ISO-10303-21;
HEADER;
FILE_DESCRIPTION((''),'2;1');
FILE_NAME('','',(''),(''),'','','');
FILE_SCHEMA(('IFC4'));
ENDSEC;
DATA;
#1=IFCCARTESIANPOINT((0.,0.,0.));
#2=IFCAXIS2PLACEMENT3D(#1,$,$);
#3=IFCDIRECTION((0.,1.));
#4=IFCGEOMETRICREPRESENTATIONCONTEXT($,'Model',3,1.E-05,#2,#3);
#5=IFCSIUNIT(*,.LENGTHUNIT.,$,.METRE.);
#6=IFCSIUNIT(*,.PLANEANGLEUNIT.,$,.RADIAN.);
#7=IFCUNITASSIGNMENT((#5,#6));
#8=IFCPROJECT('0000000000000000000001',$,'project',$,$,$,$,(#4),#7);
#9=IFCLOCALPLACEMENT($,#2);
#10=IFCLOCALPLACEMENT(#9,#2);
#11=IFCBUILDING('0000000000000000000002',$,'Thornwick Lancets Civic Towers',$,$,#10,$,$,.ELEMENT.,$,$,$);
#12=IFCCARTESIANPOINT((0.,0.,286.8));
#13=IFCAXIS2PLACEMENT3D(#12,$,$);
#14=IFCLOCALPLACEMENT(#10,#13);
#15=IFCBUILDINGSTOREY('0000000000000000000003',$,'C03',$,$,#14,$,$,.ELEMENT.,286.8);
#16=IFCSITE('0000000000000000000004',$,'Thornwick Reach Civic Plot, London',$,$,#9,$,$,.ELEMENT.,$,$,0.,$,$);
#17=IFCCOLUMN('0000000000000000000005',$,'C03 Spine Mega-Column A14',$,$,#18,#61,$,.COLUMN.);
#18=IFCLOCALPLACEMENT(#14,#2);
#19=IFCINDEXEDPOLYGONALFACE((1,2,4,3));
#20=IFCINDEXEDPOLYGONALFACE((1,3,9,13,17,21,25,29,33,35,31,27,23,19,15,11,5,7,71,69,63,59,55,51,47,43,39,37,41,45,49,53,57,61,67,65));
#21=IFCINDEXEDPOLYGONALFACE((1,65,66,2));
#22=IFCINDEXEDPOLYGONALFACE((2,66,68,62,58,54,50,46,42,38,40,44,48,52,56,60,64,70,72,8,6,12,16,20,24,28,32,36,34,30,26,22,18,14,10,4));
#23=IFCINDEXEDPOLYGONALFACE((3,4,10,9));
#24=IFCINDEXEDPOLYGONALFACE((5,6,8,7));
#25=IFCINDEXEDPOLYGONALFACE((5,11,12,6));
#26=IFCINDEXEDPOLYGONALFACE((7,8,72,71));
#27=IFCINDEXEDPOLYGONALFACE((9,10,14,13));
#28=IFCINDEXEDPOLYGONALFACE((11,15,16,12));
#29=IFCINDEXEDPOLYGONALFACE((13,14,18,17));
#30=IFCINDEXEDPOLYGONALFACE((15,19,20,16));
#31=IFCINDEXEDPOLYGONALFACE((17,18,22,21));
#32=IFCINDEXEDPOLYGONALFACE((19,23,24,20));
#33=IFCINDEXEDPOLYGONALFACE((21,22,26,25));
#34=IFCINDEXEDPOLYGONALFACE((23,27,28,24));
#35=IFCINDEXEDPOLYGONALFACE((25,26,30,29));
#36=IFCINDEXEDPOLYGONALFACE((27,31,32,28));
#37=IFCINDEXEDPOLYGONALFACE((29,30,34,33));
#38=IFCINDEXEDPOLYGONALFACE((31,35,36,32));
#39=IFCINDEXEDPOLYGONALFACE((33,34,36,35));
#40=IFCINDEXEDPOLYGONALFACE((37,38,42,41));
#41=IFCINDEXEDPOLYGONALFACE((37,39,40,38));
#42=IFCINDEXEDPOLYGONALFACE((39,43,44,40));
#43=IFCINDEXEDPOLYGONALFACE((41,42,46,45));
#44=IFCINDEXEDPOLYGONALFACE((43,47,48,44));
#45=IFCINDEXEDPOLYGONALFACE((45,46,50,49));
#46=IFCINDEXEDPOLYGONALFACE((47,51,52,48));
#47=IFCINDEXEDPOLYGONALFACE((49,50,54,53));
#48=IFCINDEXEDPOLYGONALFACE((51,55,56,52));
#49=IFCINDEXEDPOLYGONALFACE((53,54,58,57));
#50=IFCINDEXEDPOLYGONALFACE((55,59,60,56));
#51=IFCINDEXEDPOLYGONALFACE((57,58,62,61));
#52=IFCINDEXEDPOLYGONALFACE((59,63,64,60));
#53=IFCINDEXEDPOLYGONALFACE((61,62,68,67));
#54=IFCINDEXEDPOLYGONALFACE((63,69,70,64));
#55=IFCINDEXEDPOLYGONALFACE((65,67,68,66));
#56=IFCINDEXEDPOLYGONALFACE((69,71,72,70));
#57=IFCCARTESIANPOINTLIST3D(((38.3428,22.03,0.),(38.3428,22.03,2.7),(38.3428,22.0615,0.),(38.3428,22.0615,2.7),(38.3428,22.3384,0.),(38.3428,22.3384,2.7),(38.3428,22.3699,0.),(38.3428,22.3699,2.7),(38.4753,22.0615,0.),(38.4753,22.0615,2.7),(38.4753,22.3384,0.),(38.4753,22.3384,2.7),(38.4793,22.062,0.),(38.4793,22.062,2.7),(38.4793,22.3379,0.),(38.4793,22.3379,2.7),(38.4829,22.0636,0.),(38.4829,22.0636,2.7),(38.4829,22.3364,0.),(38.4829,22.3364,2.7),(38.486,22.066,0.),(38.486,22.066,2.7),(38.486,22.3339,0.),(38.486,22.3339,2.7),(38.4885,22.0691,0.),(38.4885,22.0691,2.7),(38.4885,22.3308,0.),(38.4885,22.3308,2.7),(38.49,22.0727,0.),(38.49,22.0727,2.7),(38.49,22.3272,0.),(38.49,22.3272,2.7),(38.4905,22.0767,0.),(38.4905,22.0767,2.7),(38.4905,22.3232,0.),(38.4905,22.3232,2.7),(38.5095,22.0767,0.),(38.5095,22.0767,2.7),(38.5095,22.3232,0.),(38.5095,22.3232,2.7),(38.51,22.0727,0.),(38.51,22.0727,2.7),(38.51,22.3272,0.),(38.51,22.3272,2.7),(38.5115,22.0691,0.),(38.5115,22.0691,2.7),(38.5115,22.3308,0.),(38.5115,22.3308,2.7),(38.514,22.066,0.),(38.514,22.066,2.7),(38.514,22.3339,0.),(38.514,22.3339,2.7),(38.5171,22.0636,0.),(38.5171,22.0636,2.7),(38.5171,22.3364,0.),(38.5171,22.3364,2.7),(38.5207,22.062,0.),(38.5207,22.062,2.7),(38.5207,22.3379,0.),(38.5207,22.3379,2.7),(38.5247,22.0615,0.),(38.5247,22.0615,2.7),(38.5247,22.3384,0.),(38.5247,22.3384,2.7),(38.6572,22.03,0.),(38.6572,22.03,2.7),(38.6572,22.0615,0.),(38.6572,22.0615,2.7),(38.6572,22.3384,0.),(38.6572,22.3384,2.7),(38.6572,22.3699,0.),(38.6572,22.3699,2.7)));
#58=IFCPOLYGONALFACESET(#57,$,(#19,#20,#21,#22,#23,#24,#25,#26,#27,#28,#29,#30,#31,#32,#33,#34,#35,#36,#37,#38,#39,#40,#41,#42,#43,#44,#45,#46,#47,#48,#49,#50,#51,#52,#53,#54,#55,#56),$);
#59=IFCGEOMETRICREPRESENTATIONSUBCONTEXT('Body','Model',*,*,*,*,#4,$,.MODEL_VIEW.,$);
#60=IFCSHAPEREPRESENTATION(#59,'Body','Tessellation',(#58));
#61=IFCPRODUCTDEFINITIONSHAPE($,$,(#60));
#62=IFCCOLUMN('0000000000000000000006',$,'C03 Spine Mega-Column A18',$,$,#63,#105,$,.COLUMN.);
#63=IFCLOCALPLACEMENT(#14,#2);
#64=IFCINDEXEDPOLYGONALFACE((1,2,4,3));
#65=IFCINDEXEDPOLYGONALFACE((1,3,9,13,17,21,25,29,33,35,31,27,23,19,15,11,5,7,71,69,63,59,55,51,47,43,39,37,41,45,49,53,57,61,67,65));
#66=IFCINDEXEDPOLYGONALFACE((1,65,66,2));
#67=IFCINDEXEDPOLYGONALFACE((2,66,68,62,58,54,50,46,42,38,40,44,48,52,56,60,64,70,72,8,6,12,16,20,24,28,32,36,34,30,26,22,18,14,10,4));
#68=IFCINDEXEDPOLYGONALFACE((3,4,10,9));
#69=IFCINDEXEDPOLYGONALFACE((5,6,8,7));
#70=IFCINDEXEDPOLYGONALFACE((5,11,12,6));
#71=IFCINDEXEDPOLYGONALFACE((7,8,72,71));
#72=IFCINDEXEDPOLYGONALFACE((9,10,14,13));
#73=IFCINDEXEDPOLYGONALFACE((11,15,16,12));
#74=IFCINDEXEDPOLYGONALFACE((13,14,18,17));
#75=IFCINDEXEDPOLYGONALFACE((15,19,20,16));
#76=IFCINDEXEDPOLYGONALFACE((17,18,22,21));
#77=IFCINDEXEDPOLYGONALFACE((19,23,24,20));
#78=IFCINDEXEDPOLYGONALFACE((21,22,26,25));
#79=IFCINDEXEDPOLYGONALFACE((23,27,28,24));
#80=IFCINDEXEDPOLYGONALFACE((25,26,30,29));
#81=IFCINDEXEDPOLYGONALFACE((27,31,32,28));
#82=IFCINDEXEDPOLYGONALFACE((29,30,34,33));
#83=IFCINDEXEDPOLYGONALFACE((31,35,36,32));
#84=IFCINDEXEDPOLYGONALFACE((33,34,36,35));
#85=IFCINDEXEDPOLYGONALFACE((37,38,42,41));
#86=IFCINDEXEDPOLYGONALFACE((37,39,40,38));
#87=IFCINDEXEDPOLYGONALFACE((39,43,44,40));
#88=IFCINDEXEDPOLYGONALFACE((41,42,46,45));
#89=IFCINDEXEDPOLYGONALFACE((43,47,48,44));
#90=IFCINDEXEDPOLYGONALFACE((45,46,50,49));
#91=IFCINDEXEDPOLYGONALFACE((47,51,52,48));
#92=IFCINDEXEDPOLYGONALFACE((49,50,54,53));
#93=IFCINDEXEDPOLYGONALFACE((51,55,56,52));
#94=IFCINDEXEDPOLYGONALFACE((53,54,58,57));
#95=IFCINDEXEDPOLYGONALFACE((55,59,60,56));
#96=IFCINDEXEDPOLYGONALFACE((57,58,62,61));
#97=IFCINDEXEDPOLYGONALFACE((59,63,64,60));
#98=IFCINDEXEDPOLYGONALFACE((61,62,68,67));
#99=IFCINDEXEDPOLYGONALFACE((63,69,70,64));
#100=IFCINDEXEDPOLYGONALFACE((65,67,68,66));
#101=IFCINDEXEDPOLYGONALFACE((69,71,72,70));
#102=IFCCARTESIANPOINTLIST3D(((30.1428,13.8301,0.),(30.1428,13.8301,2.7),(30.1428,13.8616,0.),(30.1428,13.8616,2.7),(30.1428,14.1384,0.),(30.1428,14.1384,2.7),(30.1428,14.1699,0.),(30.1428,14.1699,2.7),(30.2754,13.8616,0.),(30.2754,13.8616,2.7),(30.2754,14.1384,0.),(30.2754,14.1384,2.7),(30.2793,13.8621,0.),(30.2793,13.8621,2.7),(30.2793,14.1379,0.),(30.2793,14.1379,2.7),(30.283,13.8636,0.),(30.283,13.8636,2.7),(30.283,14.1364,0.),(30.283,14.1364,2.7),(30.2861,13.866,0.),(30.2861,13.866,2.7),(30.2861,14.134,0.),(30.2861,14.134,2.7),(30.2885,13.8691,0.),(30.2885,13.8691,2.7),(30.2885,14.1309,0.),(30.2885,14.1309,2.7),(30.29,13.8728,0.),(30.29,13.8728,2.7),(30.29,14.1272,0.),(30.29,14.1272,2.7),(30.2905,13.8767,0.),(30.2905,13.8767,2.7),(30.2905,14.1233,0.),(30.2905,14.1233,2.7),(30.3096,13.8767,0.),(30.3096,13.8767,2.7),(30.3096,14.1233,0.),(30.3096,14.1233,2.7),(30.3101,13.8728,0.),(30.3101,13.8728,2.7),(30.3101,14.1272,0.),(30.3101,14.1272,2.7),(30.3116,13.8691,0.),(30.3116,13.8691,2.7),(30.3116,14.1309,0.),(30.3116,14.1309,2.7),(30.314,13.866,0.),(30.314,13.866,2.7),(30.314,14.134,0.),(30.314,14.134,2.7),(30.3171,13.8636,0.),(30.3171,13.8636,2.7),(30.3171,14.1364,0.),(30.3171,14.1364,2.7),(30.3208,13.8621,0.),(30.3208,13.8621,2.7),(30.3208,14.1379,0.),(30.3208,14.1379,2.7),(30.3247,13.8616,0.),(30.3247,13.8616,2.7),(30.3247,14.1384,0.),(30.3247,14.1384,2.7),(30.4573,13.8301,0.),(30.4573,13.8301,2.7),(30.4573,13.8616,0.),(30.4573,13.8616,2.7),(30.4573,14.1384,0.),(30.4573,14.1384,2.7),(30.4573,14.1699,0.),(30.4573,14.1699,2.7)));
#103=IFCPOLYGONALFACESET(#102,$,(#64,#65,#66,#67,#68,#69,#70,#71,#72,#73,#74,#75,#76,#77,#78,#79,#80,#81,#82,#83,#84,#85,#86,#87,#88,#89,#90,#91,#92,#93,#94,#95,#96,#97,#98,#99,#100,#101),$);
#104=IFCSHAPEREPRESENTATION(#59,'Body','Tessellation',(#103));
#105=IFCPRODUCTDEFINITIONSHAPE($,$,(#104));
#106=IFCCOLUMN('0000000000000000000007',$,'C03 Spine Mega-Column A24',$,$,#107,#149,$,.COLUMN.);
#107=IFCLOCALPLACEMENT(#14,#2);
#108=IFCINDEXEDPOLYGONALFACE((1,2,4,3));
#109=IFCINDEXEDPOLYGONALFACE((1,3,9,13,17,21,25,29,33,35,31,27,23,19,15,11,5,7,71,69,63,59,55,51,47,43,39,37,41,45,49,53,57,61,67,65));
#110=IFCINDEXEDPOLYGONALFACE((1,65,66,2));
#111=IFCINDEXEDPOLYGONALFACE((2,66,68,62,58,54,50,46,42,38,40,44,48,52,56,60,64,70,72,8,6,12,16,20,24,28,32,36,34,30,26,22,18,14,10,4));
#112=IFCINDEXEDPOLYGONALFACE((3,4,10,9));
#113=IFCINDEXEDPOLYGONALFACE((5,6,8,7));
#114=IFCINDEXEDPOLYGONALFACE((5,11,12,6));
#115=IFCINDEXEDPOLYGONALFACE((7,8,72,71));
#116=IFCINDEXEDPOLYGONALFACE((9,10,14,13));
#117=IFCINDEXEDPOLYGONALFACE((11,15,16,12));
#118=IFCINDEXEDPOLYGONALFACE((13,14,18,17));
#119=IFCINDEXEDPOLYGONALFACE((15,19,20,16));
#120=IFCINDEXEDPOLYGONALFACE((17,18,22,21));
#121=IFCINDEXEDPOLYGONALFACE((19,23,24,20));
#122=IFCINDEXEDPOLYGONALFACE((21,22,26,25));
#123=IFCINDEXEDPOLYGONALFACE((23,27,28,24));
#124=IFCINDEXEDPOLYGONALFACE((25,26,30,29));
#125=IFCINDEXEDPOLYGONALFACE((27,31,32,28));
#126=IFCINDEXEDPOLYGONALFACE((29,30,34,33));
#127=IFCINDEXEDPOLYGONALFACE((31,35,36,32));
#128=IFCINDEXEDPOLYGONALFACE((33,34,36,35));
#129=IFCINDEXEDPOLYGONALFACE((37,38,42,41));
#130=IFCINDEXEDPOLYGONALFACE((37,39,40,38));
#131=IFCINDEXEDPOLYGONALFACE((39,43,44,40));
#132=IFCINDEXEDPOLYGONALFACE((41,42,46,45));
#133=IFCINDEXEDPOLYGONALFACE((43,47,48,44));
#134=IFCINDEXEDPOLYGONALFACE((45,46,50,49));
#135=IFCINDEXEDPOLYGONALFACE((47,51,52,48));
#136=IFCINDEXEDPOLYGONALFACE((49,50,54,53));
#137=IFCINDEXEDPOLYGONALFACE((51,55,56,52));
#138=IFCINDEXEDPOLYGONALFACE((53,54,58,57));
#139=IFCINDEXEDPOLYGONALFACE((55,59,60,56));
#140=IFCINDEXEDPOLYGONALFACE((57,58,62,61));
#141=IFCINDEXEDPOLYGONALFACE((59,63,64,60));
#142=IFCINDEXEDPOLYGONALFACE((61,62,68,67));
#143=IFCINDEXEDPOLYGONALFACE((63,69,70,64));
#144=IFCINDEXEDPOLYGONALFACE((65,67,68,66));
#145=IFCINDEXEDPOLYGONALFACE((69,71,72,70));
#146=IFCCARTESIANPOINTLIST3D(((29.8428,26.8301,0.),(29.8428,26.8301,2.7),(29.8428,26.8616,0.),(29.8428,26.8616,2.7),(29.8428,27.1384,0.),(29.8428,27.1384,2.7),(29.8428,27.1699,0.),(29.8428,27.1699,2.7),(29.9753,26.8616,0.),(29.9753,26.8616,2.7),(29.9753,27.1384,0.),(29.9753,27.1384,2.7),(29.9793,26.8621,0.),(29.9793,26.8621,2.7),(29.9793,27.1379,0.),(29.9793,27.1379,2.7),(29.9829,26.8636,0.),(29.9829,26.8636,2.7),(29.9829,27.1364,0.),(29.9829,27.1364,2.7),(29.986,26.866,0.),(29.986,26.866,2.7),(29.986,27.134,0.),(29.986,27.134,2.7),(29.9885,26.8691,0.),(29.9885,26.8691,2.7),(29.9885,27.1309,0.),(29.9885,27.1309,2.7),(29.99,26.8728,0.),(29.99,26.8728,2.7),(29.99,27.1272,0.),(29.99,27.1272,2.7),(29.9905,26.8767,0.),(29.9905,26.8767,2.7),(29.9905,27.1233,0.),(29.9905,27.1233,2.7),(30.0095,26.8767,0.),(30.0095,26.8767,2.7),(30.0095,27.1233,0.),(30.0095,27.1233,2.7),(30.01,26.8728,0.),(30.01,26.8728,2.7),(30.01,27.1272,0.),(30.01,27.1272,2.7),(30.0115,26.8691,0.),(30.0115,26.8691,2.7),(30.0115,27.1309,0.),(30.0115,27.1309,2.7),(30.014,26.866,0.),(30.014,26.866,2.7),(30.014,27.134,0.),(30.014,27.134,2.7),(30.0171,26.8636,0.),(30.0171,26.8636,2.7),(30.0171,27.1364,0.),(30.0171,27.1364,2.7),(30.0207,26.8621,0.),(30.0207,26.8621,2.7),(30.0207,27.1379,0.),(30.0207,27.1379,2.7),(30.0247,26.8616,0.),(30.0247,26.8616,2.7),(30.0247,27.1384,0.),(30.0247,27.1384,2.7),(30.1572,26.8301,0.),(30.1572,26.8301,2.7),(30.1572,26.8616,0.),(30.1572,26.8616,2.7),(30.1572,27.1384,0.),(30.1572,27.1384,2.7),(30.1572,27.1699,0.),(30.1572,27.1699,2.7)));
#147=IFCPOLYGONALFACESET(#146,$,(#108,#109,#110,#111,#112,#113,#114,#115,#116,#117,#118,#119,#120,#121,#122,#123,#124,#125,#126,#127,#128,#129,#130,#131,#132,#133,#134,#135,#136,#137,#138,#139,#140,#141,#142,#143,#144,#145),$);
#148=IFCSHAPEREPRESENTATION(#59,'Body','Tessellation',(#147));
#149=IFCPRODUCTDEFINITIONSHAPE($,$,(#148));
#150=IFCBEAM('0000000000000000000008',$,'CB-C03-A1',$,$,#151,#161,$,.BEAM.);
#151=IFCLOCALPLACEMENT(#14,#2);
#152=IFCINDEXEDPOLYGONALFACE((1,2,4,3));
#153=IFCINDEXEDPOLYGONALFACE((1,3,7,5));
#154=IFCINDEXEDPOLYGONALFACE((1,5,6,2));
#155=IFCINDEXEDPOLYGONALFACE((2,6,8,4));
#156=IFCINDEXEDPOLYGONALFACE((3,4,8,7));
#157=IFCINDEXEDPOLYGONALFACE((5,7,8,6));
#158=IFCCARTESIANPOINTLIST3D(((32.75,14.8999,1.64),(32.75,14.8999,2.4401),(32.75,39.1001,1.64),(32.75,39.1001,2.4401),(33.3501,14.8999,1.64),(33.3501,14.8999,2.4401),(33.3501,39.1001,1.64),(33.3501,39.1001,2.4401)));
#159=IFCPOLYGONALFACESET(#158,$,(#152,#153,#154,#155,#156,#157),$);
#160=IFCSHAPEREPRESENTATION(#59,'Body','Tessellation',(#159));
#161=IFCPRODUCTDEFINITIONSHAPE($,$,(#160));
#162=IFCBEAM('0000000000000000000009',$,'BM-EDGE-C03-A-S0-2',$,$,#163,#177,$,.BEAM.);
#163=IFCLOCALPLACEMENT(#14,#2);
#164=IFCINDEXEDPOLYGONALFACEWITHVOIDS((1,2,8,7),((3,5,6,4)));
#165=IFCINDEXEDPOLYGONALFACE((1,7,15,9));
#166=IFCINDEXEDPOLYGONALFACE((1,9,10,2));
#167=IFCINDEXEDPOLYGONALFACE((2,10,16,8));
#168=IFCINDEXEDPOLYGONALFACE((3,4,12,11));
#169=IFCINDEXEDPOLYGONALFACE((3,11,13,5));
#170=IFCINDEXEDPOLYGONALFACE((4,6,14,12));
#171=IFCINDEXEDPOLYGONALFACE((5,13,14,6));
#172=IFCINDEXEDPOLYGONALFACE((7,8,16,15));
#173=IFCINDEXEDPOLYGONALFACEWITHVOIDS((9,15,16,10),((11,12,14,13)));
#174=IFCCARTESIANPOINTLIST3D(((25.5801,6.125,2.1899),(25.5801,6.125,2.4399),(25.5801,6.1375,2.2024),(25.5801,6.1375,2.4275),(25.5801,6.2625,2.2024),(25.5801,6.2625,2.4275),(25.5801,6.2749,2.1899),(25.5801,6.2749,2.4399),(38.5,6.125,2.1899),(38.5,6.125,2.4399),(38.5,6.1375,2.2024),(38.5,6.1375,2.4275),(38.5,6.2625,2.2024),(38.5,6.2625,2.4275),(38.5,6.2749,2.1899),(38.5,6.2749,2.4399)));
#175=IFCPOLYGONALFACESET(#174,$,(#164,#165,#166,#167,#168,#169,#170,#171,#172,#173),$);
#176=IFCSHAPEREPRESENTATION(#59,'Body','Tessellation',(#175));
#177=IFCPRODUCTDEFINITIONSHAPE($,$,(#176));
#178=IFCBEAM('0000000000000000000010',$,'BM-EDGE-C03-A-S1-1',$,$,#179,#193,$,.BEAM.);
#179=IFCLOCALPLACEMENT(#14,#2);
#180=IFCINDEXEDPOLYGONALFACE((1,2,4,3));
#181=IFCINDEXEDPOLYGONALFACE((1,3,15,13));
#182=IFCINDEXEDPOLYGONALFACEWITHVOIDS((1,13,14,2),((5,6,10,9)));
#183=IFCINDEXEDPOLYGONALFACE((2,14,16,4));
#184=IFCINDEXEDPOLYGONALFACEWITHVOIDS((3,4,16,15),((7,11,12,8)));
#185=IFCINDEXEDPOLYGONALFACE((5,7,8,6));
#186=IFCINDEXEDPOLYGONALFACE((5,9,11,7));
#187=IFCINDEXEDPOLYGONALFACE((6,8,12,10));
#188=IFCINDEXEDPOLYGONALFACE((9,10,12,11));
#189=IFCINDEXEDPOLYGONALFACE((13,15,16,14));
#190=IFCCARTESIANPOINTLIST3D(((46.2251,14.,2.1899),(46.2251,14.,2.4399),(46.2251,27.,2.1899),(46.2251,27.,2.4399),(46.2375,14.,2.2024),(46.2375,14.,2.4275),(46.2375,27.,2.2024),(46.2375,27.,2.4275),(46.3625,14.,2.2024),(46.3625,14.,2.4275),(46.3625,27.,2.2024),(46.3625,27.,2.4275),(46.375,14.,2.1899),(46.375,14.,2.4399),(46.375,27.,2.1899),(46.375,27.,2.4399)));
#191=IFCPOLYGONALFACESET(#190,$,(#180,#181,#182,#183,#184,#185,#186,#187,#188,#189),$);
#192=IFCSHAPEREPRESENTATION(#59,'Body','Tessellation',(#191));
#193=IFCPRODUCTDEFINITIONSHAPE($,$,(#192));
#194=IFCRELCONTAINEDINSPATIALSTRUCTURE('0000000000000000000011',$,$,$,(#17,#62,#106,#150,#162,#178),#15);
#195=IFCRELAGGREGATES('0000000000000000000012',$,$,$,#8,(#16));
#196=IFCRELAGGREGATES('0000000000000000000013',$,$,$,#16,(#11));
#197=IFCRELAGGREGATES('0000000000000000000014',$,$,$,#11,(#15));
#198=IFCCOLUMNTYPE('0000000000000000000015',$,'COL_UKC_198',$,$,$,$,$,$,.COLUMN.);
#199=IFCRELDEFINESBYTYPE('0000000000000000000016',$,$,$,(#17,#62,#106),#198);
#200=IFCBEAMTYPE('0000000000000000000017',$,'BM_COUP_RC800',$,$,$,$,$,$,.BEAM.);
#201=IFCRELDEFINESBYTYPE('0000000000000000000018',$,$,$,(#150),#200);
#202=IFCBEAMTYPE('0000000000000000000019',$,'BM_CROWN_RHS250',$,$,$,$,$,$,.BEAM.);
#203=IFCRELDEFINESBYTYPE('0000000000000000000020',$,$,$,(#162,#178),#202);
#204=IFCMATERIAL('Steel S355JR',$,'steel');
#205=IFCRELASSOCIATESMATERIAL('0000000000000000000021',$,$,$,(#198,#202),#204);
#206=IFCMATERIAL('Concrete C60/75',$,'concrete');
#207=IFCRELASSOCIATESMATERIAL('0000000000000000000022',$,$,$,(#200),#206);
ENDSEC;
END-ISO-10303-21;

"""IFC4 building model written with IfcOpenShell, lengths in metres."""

from ifc_helpers import new_model, si_unit, direction, frame, origin, origin_2d, place, context, subcontext, project, spatial, rectangle, hollow_rectangle, i_section, extrude, material, material_profile, profile_set, type_object, element, save


model = new_model("IFC4")

# Units and contexts
model_context = context("Model", 3, precision=1e-05, world=origin(), true_north=direction((0.0, 1.0)))
body_context = subcontext(model_context, "Body", "Model", "MODEL_VIEW")
ifc_project = project(units=[si_unit("LENGTHUNIT", "METRE"), si_unit("PLANEANGLEUNIT", "RADIAN")], contexts=[model_context])

# Site, building, storey
site_placement = place(None, origin())
site = spatial("IfcSite", under=ifc_project, at=site_placement, Name="Thornwick Reach Civic Plot, London", CompositionType="ELEMENT", RefElevation=0.0)
building_placement = place(site_placement, origin())
building = spatial("IfcBuilding", under=site, at=building_placement, Name="Thornwick Lancets Civic Towers", CompositionType="ELEMENT")
storey_placement = place(building_placement, frame((0.0, 0.0, 286.8)))
storey = spatial("IfcBuildingStorey", under=building, at=storey_placement, Name="C03", CompositionType="ELEMENT", Elevation=286.8)

# Columns
ifc_material_1 = material(Name="Steel S355JR", Category="steel")
ifc_material_profile_1 = material_profile(ifc_material_1, i_section(OverallWidth=0.3145, OverallDepth=0.3398, WebThickness=0.019, FlangeThickness=0.0315, FilletRadius=0.0151, at=origin_2d()), Name="UKC 305x305x198")
ifc_profile_set_1 = profile_set([ifc_material_profile_1], Name="Steel S355JR")
column_type_1 = type_object("IfcColumnType", Name="COL_UKC_198", PredefinedType="COLUMN", material=ifc_profile_set_1)
for number, where, z_axis, x_axis, name in (
    (1, (38.5, 22.2, 0.0), (0.0, 0.0, 1.0), (1.0, 0.0, 0.0), "C03 Spine Mega-Column A14"),
    (2, (30.3, 14.0, 0.0), (0.0, 0.0, 1.0), (1.0, 0.0, 0.0), "C03 Spine Mega-Column A18"),
    (3, (30.0, 27.0, 0.0), (0.0, 0.0, 1.0), (1.0, 0.0, 0.0), "C03 Spine Mega-Column A24"),
):
    element("IfcColumn", number, at=place(storey_placement, frame(where, z_axis=z_axis, x_axis=x_axis)), inside=storey, type_object=column_type_1, Name=name, PredefinedType="COLUMN", context=body_context, shape_type="SweptSolid", body=[
        extrude(i_section(OverallWidth=0.3145, OverallDepth=0.3398, WebThickness=0.019, FlangeThickness=0.0315, FilletRadius=0.0151, at=origin_2d()), origin(), (0.0, 0.0, 1.0), 2.7),
    ])

# Beams
ifc_material_2 = material(Name="Concrete C60/75", Category="concrete")
ifc_material_profile_2 = material_profile(ifc_material_2, rectangle(XDim=0.6001, YDim=0.8, at=origin_2d()), Name="RC 600x800")
ifc_profile_set_2 = profile_set([ifc_material_profile_2], Name="Concrete C60/75")
beam_type_1 = type_object("IfcBeamType", Name="BM_COUP_RC800", PredefinedType="BEAM", material=ifc_profile_set_2)
beam_1_placement = place(storey_placement, frame((33.05, 14.8999, 2.04), z_axis=(0.0, 1.0, 0.0), x_axis=(-1.0, 0.0, 0.0)))
element("IfcBeam", 4, at=beam_1_placement, inside=storey, type_object=beam_type_1, Name="CB-C03-A1", PredefinedType="BEAM", context=body_context, shape_type="SweptSolid", body=[
    extrude(rectangle(XDim=0.6001, YDim=0.8, at=origin_2d()), origin(), (0.0, 0.0, 1.0), 24.2002),
])
ifc_material_profile_3 = material_profile(ifc_material_1, hollow_rectangle(XDim=0.1499, YDim=0.25, WallThickness=0.0125, at=origin_2d()), Name="RHS 250x150x12.5")
ifc_profile_set_3 = profile_set([ifc_material_profile_3], Name="Steel S355JR")
beam_type_2 = type_object("IfcBeamType", Name="BM_CROWN_RHS250", PredefinedType="BEAM", material=ifc_profile_set_3)
beam_2_placement = place(storey_placement, frame((25.5801, 6.2, 2.3149), z_axis=(1.0, 0.0, 0.0), x_axis=(0.0, 1.0, 0.0)))
element("IfcBeam", 5, at=beam_2_placement, inside=storey, type_object=beam_type_2, Name="BM-EDGE-C03-A-S0-2", PredefinedType="BEAM", context=body_context, shape_type="SweptSolid", body=[
    extrude(hollow_rectangle(XDim=0.1499, YDim=0.25, WallThickness=0.0125, at=origin_2d()), origin(), (0.0, 0.0, 1.0), 12.9199),
])
beam_3_placement = place(storey_placement, frame((46.3, 14.0, 2.3149), z_axis=(0.0, 1.0, 0.0), x_axis=(-1.0, 0.0, 0.0)))
element("IfcBeam", 6, at=beam_3_placement, inside=storey, type_object=beam_type_2, Name="BM-EDGE-C03-A-S1-1", PredefinedType="BEAM", context=body_context, shape_type="SweptSolid", body=[
    extrude(hollow_rectangle(XDim=0.1499, YDim=0.25, WallThickness=0.0125, at=origin_2d()), origin(), (0.0, 0.0, 1.0), 13.0),
])

save(model, "model.ifc")
